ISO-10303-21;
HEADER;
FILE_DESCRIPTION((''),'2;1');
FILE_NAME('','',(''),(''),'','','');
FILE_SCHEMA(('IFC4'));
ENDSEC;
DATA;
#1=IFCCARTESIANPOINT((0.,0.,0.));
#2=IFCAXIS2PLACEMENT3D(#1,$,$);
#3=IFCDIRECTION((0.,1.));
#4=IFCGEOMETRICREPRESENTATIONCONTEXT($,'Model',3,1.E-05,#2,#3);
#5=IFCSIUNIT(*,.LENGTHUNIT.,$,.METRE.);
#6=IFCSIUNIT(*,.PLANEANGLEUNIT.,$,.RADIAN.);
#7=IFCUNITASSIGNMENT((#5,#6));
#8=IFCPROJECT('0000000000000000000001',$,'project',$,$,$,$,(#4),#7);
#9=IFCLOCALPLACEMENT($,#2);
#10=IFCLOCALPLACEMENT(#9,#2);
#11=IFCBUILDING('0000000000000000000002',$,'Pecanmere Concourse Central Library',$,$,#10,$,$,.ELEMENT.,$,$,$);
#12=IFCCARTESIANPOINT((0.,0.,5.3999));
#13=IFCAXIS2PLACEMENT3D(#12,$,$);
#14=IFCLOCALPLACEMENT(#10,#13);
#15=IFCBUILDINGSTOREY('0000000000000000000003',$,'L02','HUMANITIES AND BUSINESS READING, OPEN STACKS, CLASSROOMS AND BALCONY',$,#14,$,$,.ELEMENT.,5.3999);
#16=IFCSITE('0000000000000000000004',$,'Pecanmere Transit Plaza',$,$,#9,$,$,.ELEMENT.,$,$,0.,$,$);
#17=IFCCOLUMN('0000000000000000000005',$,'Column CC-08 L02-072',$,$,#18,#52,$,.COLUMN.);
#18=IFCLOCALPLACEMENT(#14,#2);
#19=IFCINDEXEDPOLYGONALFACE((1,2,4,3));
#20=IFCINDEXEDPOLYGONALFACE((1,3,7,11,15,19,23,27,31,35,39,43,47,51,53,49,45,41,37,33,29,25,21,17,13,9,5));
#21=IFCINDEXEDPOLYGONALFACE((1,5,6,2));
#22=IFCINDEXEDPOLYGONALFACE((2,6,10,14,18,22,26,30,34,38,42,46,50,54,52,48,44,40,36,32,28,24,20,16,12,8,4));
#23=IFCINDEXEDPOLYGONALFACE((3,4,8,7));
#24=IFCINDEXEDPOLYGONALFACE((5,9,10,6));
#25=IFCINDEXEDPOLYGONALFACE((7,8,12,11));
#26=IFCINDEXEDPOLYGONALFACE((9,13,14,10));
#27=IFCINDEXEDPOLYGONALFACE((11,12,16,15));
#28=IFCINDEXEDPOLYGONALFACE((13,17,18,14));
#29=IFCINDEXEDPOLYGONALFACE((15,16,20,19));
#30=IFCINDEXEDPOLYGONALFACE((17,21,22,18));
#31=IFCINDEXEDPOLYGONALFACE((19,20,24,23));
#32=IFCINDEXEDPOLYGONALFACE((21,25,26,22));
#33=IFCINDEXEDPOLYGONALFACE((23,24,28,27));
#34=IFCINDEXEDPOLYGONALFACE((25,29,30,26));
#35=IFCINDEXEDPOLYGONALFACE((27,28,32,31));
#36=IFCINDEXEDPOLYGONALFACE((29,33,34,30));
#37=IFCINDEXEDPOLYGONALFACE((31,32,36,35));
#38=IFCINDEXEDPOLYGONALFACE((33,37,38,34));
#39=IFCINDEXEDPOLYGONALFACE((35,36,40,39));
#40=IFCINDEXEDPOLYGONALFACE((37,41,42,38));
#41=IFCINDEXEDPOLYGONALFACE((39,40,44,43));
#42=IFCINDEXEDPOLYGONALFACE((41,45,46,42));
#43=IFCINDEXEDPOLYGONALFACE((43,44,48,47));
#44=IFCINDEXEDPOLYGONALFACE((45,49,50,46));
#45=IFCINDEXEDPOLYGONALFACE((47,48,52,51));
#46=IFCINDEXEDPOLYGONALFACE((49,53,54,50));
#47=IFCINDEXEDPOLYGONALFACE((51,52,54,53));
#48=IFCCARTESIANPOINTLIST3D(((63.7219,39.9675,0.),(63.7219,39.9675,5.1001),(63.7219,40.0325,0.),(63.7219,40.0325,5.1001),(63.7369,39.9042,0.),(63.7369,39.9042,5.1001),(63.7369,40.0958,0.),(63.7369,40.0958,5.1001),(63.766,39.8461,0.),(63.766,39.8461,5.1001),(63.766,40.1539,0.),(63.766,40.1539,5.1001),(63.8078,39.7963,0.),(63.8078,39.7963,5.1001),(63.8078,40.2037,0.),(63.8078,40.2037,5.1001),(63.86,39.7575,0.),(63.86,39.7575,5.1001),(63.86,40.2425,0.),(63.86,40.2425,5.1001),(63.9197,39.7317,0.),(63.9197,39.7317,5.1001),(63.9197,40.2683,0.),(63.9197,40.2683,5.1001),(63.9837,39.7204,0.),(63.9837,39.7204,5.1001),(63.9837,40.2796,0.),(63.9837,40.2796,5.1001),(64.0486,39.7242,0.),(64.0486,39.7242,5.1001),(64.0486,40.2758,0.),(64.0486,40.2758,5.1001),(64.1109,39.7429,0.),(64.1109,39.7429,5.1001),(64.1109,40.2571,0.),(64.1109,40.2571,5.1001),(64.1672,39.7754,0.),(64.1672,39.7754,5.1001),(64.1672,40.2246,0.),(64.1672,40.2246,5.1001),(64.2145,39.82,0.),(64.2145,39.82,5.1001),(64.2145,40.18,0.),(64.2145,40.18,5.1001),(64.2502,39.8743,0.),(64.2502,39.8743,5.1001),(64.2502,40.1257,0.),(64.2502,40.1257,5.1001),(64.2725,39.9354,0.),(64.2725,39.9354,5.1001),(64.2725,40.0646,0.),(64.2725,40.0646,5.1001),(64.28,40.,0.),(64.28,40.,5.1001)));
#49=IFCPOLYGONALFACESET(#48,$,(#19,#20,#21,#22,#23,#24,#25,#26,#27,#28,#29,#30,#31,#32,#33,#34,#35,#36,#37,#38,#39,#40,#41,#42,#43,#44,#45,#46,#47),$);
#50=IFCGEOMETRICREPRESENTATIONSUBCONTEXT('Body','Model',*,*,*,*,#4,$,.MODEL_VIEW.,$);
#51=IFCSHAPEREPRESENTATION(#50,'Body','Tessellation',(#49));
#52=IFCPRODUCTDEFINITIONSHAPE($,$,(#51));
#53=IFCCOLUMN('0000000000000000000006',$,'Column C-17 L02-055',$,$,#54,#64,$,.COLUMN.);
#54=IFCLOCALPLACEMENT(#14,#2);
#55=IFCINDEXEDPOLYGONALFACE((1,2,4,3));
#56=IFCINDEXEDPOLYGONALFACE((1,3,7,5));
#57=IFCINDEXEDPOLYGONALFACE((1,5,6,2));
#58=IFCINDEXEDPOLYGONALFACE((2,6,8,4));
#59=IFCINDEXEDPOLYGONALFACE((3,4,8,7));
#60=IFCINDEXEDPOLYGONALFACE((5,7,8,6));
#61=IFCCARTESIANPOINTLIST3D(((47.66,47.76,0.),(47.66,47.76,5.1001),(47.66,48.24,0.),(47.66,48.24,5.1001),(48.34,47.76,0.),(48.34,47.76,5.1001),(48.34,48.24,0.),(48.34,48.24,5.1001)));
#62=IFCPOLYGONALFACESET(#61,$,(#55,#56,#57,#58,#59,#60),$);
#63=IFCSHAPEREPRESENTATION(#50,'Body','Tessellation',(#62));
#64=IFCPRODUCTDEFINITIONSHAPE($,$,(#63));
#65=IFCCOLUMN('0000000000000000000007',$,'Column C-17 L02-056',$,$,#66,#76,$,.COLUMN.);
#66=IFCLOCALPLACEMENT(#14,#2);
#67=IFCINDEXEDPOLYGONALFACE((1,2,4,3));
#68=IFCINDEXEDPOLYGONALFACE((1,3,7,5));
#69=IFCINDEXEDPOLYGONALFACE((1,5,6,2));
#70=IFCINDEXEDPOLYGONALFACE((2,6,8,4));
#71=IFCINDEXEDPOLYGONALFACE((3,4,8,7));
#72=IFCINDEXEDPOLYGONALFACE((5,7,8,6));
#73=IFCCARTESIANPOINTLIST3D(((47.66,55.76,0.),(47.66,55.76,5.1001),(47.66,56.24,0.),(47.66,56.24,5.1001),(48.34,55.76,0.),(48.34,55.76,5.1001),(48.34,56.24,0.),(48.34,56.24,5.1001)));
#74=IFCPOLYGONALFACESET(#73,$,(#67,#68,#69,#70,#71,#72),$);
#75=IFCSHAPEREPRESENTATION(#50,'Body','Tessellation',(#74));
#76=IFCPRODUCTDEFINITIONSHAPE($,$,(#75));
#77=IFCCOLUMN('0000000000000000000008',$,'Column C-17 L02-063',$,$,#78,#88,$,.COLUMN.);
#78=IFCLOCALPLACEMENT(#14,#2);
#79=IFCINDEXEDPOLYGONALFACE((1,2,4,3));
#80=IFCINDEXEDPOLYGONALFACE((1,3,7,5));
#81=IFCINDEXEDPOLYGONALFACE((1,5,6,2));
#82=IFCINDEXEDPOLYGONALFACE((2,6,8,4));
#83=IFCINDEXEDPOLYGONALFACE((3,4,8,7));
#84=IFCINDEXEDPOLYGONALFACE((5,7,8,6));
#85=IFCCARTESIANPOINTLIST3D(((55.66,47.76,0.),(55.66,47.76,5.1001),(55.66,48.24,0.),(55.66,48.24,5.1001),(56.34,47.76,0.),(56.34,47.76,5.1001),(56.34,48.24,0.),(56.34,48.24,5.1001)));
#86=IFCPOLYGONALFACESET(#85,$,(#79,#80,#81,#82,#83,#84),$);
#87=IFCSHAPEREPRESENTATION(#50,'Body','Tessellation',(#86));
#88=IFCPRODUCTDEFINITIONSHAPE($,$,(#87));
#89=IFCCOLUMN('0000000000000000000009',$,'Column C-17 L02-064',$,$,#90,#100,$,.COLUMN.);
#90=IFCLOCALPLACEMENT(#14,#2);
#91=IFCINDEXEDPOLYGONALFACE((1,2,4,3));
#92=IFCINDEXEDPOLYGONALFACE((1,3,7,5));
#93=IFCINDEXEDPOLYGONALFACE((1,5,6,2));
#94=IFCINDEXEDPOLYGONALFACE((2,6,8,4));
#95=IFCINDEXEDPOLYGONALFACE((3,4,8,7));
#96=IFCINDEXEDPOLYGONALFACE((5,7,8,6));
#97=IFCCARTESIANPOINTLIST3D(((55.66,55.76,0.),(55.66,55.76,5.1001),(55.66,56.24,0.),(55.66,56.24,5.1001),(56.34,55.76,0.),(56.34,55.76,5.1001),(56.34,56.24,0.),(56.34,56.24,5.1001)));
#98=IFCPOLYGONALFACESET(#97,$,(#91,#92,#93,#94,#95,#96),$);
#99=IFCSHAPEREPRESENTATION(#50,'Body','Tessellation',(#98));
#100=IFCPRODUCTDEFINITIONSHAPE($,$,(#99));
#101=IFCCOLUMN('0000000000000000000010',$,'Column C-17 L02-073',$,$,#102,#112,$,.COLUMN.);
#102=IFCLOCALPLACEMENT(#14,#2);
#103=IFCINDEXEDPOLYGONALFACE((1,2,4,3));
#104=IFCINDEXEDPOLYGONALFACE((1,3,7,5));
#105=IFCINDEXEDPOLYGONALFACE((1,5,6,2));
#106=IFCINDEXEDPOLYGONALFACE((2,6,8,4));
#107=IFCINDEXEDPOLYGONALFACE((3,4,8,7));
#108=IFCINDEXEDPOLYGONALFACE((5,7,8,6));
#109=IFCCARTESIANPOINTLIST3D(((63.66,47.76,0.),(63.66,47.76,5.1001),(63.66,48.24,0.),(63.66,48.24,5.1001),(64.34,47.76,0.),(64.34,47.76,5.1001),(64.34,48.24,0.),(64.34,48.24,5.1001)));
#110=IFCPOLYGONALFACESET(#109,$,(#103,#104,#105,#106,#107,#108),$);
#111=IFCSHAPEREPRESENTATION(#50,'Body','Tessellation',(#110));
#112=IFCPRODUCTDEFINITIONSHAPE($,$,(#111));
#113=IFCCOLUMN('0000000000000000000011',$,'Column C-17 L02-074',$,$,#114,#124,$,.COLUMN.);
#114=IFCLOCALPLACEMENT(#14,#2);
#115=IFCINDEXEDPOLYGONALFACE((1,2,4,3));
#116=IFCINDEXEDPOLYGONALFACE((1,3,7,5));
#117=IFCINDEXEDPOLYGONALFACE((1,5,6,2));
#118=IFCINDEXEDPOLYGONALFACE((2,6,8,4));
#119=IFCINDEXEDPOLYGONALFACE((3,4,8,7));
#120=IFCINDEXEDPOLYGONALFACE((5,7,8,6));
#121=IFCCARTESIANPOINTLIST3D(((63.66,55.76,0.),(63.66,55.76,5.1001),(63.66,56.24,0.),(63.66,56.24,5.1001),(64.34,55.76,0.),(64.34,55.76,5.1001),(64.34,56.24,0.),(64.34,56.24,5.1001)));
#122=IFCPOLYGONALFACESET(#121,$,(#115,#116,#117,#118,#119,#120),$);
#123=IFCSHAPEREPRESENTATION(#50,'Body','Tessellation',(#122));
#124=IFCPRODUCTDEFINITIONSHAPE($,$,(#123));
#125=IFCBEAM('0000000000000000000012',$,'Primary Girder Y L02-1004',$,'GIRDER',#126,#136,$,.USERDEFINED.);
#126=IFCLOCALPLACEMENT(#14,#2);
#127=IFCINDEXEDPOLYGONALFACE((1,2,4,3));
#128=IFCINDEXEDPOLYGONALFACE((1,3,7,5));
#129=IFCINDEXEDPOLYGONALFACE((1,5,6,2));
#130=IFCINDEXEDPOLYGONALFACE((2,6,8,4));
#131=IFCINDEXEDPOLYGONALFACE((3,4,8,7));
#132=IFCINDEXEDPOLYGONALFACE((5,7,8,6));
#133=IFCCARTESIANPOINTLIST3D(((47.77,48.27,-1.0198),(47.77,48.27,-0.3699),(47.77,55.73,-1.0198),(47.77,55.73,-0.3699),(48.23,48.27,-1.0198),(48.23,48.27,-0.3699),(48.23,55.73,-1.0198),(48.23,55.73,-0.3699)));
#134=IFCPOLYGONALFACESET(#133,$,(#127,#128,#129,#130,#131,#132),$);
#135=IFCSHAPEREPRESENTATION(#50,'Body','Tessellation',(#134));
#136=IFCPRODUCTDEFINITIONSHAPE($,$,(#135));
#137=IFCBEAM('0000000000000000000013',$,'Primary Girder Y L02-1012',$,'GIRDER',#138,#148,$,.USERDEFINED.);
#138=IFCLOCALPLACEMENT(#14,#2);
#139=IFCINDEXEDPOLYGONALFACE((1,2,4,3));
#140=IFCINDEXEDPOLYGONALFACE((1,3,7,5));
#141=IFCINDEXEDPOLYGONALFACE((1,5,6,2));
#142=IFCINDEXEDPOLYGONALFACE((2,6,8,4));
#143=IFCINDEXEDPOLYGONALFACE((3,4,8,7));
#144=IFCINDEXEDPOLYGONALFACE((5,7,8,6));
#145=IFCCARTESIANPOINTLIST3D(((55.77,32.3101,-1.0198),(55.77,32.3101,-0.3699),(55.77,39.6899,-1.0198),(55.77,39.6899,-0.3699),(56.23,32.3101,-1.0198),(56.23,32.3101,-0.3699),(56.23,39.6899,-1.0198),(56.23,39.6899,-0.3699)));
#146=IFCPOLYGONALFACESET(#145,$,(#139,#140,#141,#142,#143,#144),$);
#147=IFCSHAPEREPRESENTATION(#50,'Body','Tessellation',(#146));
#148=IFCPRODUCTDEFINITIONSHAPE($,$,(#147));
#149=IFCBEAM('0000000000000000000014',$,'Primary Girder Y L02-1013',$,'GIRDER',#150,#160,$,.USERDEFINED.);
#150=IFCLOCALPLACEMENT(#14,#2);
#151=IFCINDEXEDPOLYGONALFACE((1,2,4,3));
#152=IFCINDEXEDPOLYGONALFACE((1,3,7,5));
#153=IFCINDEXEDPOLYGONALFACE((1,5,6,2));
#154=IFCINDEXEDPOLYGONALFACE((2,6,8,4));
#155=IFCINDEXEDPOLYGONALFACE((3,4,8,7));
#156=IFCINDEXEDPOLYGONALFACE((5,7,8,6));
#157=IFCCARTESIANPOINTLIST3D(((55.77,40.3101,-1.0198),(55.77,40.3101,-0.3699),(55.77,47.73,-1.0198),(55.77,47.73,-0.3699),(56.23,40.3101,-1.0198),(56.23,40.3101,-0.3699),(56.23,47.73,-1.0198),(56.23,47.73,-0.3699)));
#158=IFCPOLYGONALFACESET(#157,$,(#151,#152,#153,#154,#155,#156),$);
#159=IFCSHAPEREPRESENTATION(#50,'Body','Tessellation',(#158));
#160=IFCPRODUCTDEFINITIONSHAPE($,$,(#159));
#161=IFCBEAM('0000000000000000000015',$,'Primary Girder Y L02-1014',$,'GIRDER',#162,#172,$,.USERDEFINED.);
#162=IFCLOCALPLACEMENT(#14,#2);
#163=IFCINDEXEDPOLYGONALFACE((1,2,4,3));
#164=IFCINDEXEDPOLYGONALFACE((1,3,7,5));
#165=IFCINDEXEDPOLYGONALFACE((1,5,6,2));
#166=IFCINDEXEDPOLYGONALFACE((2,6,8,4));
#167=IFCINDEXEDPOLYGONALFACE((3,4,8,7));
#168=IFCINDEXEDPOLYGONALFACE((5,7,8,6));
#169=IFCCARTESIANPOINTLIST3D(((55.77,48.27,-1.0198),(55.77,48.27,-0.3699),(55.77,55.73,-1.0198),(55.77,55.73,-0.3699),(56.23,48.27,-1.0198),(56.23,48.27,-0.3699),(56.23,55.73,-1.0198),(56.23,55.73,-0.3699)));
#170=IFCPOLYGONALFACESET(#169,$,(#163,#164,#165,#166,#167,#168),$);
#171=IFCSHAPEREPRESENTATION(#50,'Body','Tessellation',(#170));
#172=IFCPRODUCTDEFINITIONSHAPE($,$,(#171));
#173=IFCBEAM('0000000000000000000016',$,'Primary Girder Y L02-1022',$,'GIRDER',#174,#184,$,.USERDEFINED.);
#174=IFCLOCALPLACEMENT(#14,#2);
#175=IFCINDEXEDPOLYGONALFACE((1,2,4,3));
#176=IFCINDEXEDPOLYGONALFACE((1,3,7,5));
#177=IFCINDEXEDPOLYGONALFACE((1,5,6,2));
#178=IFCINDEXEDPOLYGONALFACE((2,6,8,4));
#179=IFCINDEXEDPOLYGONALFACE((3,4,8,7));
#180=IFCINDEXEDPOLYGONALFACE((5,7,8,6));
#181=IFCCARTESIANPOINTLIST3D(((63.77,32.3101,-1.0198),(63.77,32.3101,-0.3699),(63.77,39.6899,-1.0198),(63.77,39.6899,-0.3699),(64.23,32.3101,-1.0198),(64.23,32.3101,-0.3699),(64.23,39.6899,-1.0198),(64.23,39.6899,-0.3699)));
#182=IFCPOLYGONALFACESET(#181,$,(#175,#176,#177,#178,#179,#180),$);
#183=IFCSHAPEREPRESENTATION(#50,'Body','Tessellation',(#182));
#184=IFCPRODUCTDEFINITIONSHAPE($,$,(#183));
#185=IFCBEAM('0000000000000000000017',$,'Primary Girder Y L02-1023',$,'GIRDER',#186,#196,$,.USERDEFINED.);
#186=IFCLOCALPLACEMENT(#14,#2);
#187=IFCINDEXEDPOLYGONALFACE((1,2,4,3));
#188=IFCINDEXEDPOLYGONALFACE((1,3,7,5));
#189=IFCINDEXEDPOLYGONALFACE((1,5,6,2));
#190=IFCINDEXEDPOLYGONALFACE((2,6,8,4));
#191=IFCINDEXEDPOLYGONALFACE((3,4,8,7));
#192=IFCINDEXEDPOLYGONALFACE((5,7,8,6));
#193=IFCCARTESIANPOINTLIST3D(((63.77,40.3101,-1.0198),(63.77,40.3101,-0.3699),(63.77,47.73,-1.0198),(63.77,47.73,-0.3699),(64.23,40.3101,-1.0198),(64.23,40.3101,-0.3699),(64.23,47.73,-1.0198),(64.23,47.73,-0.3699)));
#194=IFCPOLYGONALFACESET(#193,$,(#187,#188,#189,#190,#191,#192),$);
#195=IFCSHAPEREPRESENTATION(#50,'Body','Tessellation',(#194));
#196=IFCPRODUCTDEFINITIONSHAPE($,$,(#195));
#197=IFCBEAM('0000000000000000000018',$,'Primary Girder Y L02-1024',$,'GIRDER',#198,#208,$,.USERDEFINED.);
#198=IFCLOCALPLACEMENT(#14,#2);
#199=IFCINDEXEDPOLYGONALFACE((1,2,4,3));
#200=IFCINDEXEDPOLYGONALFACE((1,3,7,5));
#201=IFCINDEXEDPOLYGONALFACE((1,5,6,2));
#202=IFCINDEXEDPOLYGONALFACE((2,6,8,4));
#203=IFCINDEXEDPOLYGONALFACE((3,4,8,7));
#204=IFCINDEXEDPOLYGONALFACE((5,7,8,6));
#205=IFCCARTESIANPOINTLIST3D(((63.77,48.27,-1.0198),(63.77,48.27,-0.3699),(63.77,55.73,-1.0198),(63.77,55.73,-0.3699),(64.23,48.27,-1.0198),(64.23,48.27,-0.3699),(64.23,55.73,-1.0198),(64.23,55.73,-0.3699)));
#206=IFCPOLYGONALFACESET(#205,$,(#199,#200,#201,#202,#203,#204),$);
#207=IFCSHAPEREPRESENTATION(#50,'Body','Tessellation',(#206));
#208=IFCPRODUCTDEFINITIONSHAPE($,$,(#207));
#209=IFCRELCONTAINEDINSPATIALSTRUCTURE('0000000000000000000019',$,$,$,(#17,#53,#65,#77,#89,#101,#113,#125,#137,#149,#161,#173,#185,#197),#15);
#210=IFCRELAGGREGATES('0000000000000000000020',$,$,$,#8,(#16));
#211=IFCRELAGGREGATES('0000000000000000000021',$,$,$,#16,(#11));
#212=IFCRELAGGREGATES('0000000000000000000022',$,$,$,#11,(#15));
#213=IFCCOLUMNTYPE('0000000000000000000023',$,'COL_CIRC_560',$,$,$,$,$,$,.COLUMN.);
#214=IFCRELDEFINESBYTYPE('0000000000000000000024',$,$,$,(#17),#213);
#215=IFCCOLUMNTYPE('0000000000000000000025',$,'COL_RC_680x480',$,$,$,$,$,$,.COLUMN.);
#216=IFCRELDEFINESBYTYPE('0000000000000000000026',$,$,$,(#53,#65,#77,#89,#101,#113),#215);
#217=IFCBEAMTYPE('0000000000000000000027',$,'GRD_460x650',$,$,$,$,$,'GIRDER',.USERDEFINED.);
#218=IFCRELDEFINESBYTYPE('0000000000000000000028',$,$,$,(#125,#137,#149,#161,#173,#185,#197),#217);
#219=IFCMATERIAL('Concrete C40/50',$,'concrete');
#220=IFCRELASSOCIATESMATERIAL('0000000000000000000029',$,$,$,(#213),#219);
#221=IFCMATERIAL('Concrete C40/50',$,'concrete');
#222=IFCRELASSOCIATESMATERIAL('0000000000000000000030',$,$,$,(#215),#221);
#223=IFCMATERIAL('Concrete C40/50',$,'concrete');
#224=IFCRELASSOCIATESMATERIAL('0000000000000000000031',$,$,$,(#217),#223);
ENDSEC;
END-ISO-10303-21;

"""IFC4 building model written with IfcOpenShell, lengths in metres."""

from ifc_helpers import new_model, si_unit, direction, frame, origin, origin_2d, place, context, subcontext, project, spatial, rectangle, circle, extrude, material, material_profile, profile_set, type_object, element, save


model = new_model("IFC4")

# Units and contexts
model_context = context("Model", 3, precision=1e-05, world=origin(), true_north=direction((0.0, 1.0)))
body_context = subcontext(model_context, "Body", "Model", "MODEL_VIEW")
ifc_project = project(units=[si_unit("LENGTHUNIT", "METRE"), si_unit("PLANEANGLEUNIT", "RADIAN")], contexts=[model_context])

# Site, building, storey
site_placement = place(None, origin())
site = spatial("IfcSite", under=ifc_project, at=site_placement, Name="Pecanmere Transit Plaza", CompositionType="ELEMENT", RefElevation=0.0)
building_placement = place(site_placement, origin())
building = spatial("IfcBuilding", under=site, at=building_placement, Name="Pecanmere Concourse Central Library", CompositionType="ELEMENT")
storey_placement = place(building_placement, frame((0.0, 0.0, 5.3999)))
storey = spatial("IfcBuildingStorey", under=building, at=storey_placement, Name="L02", Description="HUMANITIES AND BUSINESS READING, OPEN STACKS, CLASSROOMS AND BALCONY", CompositionType="ELEMENT", Elevation=5.3999)

# Columns
ifc_material_1 = material(Name="Concrete C40/50", Category="concrete")
ifc_material_profile_1 = material_profile(ifc_material_1, circle(Radius=0.28, at=origin_2d()), Name="RC D560")
ifc_profile_set_1 = profile_set([ifc_material_profile_1], Name="Concrete C40/50")
column_type_1 = type_object("IfcColumnType", Name="COL_CIRC_560", PredefinedType="COLUMN", material=ifc_profile_set_1)
column_placement = place(storey_placement, frame((64.0, 40.0, 0.0), z_axis=(0.0, 0.0, 1.0), x_axis=(1.0, 0.0, 0.0)))
element("IfcColumn", 1, at=column_placement, inside=storey, type_object=column_type_1, Name="Column CC-08 L02-072", PredefinedType="COLUMN", context=body_context, shape_type="SweptSolid", body=[
    extrude(circle(Radius=0.28, at=origin_2d()), origin(), (0.0, 0.0, 1.0), 5.1001),
])
ifc_material_2 = material(Name="Concrete C40/50", Category="concrete")
ifc_material_profile_2 = material_profile(ifc_material_2, rectangle(XDim=0.6799, YDim=0.48, at=origin_2d()), Name="RC 680x480")
ifc_profile_set_2 = profile_set([ifc_material_profile_2], Name="Concrete C40/50")
column_type_2 = type_object("IfcColumnType", Name="COL_RC_680x480", PredefinedType="COLUMN", material=ifc_profile_set_2)
for number, where, z_axis, x_axis, name in (
    (2, (48.0, 48.0, 0.0), (0.0, 0.0, 1.0), (1.0, 0.0, 0.0), "Column C-17 L02-055"),
    (3, (48.0, 56.0, 0.0), (0.0, 0.0, 1.0), (1.0, 0.0, 0.0), "Column C-17 L02-056"),
    (4, (56.0, 48.0, 0.0), (0.0, 0.0, 1.0), (1.0, 0.0, 0.0), "Column C-17 L02-063"),
    (5, (56.0, 56.0, 0.0), (0.0, 0.0, 1.0), (1.0, 0.0, 0.0), "Column C-17 L02-064"),
    (6, (64.0, 48.0, 0.0), (0.0, 0.0, 1.0), (1.0, 0.0, 0.0), "Column C-17 L02-073"),
    (7, (64.0, 56.0, 0.0), (0.0, 0.0, 1.0), (1.0, 0.0, 0.0), "Column C-17 L02-074"),
):
    element("IfcColumn", number, at=place(storey_placement, frame(where, z_axis=z_axis, x_axis=x_axis)), inside=storey, type_object=column_type_2, Name=name, PredefinedType="COLUMN", context=body_context, shape_type="SweptSolid", body=[
        extrude(rectangle(XDim=0.6799, YDim=0.48, at=origin_2d()), origin(), (0.0, 0.0, 1.0), 5.1001),
    ])

# Beams
ifc_material_3 = material(Name="Concrete C40/50", Category="concrete")
ifc_material_profile_3 = material_profile(ifc_material_3, rectangle(XDim=0.46, YDim=0.6499, at=origin_2d()), Name="RC 460x650")
ifc_profile_set_3 = profile_set([ifc_material_profile_3], Name="Concrete C40/50")
beam_type_1 = type_object("IfcBeamType", Name="GRD_460x650", ElementType="GIRDER", PredefinedType="USERDEFINED", material=ifc_profile_set_3)
beam_1_placement = place(storey_placement, frame((48.0, 48.27, -0.6948), z_axis=(0.0, 1.0, 0.0), x_axis=(-1.0, 0.0, 0.0)))
element("IfcBeam", 8, at=beam_1_placement, inside=storey, type_object=beam_type_1, Name="Primary Girder Y L02-1004", ObjectType="GIRDER", PredefinedType="USERDEFINED", context=body_context, shape_type="SweptSolid", body=[
    extrude(rectangle(XDim=0.46, YDim=0.6499, at=origin_2d()), origin(), (0.0, 0.0, 1.0), 7.46),
])
beam_2_placement = place(storey_placement, frame((56.0, 32.3101, -0.6948), z_axis=(0.0, 1.0, 0.0), x_axis=(-1.0, 0.0, 0.0)))
element("IfcBeam", 9, at=beam_2_placement, inside=storey, type_object=beam_type_1, Name="Primary Girder Y L02-1012", ObjectType="GIRDER", PredefinedType="USERDEFINED", context=body_context, shape_type="SweptSolid", body=[
    extrude(rectangle(XDim=0.46, YDim=0.6499, at=origin_2d()), origin(), (0.0, 0.0, 1.0), 7.3799),
])
beam_3_placement = place(storey_placement, frame((56.0, 40.3101, -0.6948), z_axis=(0.0, 1.0, 0.0), x_axis=(-1.0, 0.0, 0.0)))
element("IfcBeam", 10, at=beam_3_placement, inside=storey, type_object=beam_type_1, Name="Primary Girder Y L02-1013", ObjectType="GIRDER", PredefinedType="USERDEFINED", context=body_context, shape_type="SweptSolid", body=[
    extrude(rectangle(XDim=0.46, YDim=0.6499, at=origin_2d()), origin(), (0.0, 0.0, 1.0), 7.4199),
])
beam_4_placement = place(storey_placement, frame((56.0, 48.27, -0.6948), z_axis=(0.0, 1.0, 0.0), x_axis=(-1.0, 0.0, 0.0)))
element("IfcBeam", 11, at=beam_4_placement, inside=storey, type_object=beam_type_1, Name="Primary Girder Y L02-1014", ObjectType="GIRDER", PredefinedType="USERDEFINED", context=body_context, shape_type="SweptSolid", body=[
    extrude(rectangle(XDim=0.46, YDim=0.6499, at=origin_2d()), origin(), (0.0, 0.0, 1.0), 7.46),
])
beam_5_placement = place(storey_placement, frame((64.0, 32.3101, -0.6948), z_axis=(0.0, 1.0, 0.0), x_axis=(-1.0, 0.0, 0.0)))
element("IfcBeam", 12, at=beam_5_placement, inside=storey, type_object=beam_type_1, Name="Primary Girder Y L02-1022", ObjectType="GIRDER", PredefinedType="USERDEFINED", context=body_context, shape_type="SweptSolid", body=[
    extrude(rectangle(XDim=0.46, YDim=0.6499, at=origin_2d()), origin(), (0.0, 0.0, 1.0), 7.3799),
])
beam_6_placement = place(storey_placement, frame((64.0, 40.3101, -0.6948), z_axis=(0.0, 1.0, 0.0), x_axis=(-1.0, 0.0, 0.0)))
element("IfcBeam", 13, at=beam_6_placement, inside=storey, type_object=beam_type_1, Name="Primary Girder Y L02-1023", ObjectType="GIRDER", PredefinedType="USERDEFINED", context=body_context, shape_type="SweptSolid", body=[
    extrude(rectangle(XDim=0.46, YDim=0.6499, at=origin_2d()), origin(), (0.0, 0.0, 1.0), 7.4199),
])
beam_7_placement = place(storey_placement, frame((64.0, 48.27, -0.6948), z_axis=(0.0, 1.0, 0.0), x_axis=(-1.0, 0.0, 0.0)))
element("IfcBeam", 14, at=beam_7_placement, inside=storey, type_object=beam_type_1, Name="Primary Girder Y L02-1024", ObjectType="GIRDER", PredefinedType="USERDEFINED", context=body_context, shape_type="SweptSolid", body=[
    extrude(rectangle(XDim=0.46, YDim=0.6499, at=origin_2d()), origin(), (0.0, 0.0, 1.0), 7.46),
])

save(model, "model.ifc")
